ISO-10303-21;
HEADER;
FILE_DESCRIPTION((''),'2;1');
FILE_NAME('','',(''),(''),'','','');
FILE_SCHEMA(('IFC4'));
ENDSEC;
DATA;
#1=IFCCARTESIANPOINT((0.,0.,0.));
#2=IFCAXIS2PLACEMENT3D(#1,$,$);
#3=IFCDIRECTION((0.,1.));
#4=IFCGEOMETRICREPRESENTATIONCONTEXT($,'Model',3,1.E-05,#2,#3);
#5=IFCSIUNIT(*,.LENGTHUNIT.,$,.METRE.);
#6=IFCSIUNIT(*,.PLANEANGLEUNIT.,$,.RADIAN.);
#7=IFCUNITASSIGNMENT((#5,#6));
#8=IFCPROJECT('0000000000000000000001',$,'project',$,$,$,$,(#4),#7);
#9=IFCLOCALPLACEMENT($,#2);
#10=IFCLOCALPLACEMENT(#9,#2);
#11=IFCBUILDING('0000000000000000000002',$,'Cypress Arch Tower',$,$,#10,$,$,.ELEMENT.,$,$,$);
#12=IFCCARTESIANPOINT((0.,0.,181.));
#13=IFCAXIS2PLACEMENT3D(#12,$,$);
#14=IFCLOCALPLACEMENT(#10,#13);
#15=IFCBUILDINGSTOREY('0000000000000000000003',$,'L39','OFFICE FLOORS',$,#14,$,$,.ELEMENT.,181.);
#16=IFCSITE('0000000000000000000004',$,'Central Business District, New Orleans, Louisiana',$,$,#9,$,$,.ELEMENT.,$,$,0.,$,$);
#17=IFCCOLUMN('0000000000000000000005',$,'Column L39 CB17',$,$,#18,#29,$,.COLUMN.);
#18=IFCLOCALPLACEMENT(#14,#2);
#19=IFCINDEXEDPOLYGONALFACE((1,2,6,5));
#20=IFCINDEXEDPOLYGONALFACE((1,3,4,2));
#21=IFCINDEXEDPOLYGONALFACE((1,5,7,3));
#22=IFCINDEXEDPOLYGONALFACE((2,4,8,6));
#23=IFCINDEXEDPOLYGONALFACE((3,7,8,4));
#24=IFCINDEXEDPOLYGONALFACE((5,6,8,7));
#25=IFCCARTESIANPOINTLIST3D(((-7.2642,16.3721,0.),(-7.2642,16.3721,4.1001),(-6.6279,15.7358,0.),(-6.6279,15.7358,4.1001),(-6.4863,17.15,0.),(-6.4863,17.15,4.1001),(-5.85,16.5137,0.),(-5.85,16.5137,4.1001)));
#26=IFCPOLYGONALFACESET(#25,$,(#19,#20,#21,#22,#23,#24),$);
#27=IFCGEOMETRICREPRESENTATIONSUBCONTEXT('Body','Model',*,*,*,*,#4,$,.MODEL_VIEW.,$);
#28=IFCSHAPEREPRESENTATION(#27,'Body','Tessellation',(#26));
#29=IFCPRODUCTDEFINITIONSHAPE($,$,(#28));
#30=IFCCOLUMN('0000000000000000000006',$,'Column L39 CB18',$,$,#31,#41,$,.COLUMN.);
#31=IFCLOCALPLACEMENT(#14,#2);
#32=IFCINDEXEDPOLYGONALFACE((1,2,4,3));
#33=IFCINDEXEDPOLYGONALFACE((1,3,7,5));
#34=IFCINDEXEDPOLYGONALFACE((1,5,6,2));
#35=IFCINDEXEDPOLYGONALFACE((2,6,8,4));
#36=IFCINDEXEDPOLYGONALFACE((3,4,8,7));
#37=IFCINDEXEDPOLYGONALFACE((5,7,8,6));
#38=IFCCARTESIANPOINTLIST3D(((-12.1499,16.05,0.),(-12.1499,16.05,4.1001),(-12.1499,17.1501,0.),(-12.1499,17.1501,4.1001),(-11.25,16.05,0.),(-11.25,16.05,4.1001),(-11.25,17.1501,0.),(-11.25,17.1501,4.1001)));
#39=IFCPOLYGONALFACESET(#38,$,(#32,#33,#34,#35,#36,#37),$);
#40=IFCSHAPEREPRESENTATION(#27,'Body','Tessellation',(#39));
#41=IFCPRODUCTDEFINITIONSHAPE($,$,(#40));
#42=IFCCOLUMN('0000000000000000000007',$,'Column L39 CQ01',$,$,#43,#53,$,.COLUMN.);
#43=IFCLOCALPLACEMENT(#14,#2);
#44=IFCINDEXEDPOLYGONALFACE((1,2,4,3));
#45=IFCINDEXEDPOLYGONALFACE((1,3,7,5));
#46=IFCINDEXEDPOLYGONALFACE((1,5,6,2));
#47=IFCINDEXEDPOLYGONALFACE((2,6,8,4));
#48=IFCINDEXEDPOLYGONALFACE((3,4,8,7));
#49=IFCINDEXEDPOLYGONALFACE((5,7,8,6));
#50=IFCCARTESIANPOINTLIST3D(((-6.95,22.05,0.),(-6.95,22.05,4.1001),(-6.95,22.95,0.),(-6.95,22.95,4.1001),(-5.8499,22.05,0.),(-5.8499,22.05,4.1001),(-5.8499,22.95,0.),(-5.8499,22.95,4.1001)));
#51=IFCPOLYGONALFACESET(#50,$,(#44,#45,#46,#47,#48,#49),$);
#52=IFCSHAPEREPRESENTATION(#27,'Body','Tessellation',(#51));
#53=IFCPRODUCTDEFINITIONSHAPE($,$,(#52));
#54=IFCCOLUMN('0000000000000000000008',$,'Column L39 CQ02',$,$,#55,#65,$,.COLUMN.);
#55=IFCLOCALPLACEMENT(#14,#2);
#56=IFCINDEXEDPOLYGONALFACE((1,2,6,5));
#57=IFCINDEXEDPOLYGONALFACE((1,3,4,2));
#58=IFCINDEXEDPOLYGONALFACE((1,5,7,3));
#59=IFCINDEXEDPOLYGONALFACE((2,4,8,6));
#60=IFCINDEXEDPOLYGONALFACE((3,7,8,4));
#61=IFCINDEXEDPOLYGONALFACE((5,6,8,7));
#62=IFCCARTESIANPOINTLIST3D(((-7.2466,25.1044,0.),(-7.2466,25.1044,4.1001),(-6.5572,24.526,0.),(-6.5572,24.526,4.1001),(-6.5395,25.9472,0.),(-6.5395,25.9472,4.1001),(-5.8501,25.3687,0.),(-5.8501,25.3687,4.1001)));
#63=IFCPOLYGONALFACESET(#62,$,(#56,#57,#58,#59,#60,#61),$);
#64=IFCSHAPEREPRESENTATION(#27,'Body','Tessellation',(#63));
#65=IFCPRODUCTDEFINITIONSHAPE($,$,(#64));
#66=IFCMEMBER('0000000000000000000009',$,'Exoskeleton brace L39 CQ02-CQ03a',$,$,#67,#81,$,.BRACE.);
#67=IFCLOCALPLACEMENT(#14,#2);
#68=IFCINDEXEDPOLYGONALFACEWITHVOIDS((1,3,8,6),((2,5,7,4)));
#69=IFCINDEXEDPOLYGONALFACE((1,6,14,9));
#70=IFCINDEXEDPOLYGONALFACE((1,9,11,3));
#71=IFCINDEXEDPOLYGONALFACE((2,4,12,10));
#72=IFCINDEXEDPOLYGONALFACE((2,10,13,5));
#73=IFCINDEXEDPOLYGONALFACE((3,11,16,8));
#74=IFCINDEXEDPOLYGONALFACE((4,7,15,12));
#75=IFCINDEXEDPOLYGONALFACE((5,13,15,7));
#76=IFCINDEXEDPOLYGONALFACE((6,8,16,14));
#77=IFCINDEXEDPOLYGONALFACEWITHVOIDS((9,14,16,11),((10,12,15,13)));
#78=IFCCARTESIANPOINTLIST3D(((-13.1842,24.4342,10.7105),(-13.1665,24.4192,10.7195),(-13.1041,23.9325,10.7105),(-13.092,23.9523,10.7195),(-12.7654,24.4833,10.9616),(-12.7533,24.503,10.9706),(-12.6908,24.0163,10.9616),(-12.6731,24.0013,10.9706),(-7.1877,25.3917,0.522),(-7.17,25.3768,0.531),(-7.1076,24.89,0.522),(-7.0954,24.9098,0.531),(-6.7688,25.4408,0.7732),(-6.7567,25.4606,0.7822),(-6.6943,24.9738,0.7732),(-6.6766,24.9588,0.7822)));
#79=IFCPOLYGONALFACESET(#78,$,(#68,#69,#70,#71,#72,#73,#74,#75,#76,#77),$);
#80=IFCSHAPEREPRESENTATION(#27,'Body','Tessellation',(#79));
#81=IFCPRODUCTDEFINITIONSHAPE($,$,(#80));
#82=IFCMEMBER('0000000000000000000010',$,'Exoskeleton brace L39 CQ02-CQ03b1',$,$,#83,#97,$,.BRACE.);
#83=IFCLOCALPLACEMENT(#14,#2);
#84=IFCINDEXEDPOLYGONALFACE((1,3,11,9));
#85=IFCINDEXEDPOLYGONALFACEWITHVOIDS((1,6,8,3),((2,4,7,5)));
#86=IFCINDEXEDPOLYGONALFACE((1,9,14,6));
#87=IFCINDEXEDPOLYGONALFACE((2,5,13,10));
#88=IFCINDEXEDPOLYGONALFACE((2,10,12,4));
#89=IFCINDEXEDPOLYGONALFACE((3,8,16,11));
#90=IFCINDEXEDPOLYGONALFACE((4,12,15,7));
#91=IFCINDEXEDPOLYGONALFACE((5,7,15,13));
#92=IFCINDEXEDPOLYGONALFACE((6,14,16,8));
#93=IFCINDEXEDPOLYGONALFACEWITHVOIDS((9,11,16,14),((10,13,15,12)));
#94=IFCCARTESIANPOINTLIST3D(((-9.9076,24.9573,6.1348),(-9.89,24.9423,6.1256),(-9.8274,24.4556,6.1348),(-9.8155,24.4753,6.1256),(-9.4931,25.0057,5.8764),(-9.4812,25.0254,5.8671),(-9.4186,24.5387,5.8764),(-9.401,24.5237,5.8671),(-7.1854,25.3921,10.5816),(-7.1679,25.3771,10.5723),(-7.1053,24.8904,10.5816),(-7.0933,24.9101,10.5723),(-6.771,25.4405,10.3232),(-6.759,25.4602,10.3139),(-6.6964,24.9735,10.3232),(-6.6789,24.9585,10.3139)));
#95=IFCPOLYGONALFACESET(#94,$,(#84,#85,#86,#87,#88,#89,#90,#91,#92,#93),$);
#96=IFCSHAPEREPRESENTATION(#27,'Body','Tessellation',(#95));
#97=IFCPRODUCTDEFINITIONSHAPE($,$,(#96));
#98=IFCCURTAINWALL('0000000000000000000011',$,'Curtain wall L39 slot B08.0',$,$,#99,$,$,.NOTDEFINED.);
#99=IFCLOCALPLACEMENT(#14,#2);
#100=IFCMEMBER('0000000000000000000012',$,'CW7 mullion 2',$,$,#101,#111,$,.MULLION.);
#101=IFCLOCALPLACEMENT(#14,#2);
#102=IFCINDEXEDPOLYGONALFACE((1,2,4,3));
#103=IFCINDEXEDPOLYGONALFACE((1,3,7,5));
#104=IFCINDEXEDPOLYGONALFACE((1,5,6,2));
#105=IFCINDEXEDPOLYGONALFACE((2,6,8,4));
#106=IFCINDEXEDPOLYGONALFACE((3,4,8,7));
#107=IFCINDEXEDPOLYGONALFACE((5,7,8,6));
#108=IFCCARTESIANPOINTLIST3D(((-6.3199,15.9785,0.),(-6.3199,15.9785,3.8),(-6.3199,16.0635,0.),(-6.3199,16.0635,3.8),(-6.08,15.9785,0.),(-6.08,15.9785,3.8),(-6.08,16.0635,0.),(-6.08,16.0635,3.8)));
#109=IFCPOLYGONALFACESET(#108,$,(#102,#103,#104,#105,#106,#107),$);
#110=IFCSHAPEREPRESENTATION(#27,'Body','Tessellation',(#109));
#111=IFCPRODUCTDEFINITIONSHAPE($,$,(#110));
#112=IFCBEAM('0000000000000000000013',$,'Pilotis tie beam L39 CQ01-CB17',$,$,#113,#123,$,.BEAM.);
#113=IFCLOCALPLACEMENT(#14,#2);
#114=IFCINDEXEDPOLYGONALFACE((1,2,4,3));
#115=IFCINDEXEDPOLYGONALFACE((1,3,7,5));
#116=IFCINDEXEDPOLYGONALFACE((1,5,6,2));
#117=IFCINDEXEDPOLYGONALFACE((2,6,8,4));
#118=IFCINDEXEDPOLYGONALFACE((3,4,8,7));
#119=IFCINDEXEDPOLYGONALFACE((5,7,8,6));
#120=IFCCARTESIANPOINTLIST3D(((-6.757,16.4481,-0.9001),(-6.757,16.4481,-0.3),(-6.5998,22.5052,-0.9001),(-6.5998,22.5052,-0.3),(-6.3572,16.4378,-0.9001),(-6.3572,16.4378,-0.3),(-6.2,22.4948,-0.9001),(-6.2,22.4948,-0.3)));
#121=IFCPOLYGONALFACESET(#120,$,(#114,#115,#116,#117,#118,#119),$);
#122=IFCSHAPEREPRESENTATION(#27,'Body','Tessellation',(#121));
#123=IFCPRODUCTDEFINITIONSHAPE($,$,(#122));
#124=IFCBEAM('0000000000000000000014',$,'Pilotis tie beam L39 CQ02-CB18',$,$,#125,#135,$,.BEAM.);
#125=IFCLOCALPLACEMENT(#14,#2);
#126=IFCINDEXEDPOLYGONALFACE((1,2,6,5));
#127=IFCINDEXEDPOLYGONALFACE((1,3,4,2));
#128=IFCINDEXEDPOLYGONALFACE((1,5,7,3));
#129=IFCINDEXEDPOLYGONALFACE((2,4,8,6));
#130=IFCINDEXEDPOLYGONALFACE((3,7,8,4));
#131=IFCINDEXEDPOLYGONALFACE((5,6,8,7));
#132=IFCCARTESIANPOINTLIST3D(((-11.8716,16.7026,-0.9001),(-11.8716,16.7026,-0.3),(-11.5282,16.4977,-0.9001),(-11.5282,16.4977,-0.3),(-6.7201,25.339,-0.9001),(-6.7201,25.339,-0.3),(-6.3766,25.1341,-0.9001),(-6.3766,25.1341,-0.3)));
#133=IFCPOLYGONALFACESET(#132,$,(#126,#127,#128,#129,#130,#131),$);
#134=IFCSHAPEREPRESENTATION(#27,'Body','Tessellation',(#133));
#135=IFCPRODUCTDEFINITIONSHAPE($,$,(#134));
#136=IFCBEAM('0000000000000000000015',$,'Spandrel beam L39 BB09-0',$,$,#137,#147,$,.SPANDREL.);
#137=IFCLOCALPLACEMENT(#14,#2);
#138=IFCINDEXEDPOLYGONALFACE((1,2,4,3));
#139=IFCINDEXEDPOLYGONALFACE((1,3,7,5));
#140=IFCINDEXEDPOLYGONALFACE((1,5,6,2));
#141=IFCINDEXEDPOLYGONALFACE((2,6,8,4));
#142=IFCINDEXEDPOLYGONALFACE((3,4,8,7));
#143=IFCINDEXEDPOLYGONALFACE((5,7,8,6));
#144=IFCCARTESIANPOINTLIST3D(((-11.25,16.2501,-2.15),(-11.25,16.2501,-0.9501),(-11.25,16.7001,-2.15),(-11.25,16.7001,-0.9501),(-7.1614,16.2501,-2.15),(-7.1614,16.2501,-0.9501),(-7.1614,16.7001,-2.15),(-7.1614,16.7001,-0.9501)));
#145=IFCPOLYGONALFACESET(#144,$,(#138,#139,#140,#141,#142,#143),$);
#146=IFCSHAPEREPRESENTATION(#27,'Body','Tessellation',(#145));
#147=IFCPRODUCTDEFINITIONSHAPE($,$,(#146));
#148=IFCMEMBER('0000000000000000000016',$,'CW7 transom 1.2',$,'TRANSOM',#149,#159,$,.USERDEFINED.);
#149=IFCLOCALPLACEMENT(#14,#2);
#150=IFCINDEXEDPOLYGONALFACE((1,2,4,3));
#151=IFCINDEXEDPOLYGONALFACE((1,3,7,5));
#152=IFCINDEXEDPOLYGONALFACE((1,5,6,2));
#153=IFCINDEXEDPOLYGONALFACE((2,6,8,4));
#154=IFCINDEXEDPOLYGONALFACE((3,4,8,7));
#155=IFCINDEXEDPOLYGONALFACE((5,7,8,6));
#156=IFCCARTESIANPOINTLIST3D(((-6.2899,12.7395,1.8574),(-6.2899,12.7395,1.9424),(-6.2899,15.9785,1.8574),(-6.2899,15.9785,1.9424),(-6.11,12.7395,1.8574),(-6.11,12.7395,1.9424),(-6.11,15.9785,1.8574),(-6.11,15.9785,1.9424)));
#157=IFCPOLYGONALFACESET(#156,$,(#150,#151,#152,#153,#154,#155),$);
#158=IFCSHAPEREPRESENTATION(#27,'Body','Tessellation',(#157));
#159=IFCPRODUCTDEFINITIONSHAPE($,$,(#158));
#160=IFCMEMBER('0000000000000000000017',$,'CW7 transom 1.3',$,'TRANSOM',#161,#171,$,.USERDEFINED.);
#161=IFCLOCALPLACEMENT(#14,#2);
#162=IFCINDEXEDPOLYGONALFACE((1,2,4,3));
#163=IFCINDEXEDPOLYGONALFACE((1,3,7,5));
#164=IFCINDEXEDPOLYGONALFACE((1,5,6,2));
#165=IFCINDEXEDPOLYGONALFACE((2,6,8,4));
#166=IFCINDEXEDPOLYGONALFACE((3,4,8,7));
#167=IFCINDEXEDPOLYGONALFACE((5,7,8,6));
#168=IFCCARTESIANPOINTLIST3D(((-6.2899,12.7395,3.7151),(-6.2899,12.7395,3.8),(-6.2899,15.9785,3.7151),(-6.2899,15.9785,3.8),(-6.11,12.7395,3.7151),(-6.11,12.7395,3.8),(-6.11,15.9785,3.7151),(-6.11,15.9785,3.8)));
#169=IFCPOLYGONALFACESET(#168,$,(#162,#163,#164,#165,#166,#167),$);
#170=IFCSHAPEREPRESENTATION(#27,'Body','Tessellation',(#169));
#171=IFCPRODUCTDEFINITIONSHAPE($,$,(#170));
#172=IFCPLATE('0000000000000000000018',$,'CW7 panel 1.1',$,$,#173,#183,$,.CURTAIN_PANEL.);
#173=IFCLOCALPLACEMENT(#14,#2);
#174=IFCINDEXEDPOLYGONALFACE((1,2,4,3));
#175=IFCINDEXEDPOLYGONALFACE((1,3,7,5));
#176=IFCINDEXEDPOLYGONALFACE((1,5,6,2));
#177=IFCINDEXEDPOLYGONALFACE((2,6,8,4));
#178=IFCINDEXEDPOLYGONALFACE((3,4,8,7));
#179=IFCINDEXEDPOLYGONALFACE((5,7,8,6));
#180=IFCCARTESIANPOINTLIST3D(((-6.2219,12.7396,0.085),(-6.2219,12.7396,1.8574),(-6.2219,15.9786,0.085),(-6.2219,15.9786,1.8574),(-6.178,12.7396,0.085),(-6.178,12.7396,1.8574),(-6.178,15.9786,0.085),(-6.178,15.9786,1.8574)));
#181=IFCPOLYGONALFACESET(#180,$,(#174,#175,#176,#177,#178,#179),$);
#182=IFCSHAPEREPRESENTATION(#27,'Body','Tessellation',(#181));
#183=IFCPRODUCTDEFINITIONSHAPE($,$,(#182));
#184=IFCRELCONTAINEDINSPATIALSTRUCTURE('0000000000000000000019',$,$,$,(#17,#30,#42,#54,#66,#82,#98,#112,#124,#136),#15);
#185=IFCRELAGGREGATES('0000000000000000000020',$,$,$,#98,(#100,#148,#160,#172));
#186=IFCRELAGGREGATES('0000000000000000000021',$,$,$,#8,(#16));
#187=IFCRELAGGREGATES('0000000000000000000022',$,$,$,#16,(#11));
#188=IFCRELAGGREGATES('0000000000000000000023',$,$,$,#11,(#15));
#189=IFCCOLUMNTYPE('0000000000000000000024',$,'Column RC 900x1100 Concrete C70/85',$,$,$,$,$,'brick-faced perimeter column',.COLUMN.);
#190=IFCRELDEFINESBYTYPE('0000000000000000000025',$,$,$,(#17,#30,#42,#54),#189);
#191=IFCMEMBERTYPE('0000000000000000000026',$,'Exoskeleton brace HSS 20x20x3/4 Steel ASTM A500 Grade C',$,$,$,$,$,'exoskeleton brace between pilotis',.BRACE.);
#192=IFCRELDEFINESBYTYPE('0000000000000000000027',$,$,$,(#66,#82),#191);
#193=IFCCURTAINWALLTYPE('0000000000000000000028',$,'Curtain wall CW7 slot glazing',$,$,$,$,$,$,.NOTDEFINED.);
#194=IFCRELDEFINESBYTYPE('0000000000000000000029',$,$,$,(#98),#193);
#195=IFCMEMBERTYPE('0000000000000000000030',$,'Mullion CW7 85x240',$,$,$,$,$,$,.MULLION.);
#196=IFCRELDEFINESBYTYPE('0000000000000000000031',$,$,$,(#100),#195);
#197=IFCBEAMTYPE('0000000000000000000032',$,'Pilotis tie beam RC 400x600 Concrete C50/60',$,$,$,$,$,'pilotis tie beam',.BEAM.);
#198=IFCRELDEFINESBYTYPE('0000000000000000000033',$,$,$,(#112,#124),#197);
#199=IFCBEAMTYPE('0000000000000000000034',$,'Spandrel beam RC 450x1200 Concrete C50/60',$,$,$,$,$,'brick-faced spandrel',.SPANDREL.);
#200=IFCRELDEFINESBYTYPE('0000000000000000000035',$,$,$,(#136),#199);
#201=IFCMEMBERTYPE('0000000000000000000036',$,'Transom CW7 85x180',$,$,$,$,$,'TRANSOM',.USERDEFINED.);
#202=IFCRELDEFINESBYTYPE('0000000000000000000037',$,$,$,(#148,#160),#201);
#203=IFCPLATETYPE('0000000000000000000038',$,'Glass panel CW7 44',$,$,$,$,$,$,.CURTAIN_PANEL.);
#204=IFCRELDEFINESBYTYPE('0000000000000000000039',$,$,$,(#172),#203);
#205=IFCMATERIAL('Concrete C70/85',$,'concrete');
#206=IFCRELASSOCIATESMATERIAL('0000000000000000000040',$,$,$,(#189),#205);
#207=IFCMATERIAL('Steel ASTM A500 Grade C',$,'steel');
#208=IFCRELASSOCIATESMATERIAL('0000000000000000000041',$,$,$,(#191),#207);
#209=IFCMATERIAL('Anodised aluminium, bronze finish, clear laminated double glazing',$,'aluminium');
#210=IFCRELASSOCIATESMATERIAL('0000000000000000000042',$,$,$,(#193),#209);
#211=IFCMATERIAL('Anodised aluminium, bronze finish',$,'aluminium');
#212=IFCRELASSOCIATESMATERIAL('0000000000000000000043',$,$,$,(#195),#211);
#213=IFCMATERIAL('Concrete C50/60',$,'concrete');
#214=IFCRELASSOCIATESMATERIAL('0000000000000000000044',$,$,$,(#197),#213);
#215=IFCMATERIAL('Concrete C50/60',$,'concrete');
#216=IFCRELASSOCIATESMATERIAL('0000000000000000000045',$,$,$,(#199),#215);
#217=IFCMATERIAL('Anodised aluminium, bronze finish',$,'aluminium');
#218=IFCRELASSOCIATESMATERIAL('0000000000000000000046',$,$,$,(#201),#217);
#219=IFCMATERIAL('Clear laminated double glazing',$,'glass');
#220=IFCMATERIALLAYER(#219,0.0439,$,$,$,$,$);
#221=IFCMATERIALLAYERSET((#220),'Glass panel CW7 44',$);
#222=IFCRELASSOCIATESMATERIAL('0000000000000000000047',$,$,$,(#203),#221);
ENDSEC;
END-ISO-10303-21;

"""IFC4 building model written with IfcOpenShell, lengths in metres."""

from ifc_helpers import new_model, si_unit, direction, frame, origin, origin_2d, place, context, subcontext, project, spatial, rectangle, hollow_rectangle, extrude, material, layer, layer_set, material_profile, profile_set, type_object, element, aggregate, save


model = new_model("IFC4")

# Units and contexts
model_context = context("Model", 3, precision=1e-05, world=origin(), true_north=direction((0.0, 1.0)))
body_context = subcontext(model_context, "Body", "Model", "MODEL_VIEW")
ifc_project = project(units=[si_unit("LENGTHUNIT", "METRE"), si_unit("PLANEANGLEUNIT", "RADIAN")], contexts=[model_context])

# Site, building, storey
site_placement = place(None, origin())
site = spatial("IfcSite", under=ifc_project, at=site_placement, Name="Central Business District, New Orleans, Louisiana", CompositionType="ELEMENT", RefElevation=0.0)
building_placement = place(site_placement, origin())
building = spatial("IfcBuilding", under=site, at=building_placement, Name="Cypress Arch Tower", CompositionType="ELEMENT")
storey_placement = place(building_placement, frame((0.0, 0.0, 181.0)))
storey = spatial("IfcBuildingStorey", under=building, at=storey_placement, Name="L39", Description="OFFICE FLOORS", CompositionType="ELEMENT", Elevation=181.0)

# Columns
ifc_material_1 = material(Name="Concrete C70/85", Category="concrete")
ifc_material_profile_1 = material_profile(ifc_material_1, rectangle(XDim=0.8999, YDim=1.1001, at=origin_2d()), Name="RC 900x1100")
ifc_profile_set_1 = profile_set([ifc_material_profile_1], Name="Concrete C70/85")
column_type = type_object("IfcColumnType", Name="Column RC 900x1100 Concrete C70/85", ElementType="brick-faced perimeter column", PredefinedType="COLUMN", material=ifc_profile_set_1)
for number, where, z_axis, x_axis, name in (
    (1, (-6.5571, 16.4429, 0.0), (0.0, 0.0, 1.0), (-0.707107, 0.707107, 0.0), "Column L39 CB17"),
    (2, (-11.7, 16.6001, 0.0), (0.0, 0.0, 1.0), (-1.0, 0.0, 0.0), "Column L39 CB18"),
    (3, (-6.3999, 22.5, 0.0), (0.0, 0.0, 1.0), (0.0, 1.0, 0.0), "Column L39 CQ01"),
    (4, (-6.5483, 25.2366, 0.0), (0.0, 0.0, 1.0), (-0.766064, 0.642765, 0.0), "Column L39 CQ02"),
):
    element("IfcColumn", number, at=place(storey_placement, frame(where, z_axis=z_axis, x_axis=x_axis)), inside=storey, type_object=column_type, Name=name, PredefinedType="COLUMN", context=body_context, shape_type="SweptSolid", body=[
        extrude(rectangle(XDim=0.8999, YDim=1.1001, at=origin_2d()), origin(), (0.0, 0.0, 1.0), 4.1001),
    ])

# Members
ifc_material_2 = material(Name="Steel ASTM A500 Grade C", Category="steel")
ifc_material_profile_2 = material_profile(ifc_material_2, hollow_rectangle(XDim=0.5081, YDim=0.5081, WallThickness=0.0176, at=origin_2d()), Name="HSS 20x20x3/4")
ifc_profile_set_2 = profile_set([ifc_material_profile_2], Name="Steel ASTM A500 Grade C")
member_type_1 = type_object("IfcMemberType", Name="Exoskeleton brace HSS 20x20x3/4 Steel ASTM A500 Grade C", ElementType="exoskeleton brace between pilotis", PredefinedType="BRACE", material=ifc_profile_set_2)
member_1_placement = place(storey_placement, frame((-6.9321, 25.1753, 0.6521), z_axis=(-0.505576, -0.080729, 0.858997), x_axis=(0.15768, -0.98749, 0.0)))
element("IfcMember", 5, at=member_1_placement, inside=storey, type_object=member_type_1, Name="Exoskeleton brace L39 CQ02-CQ03a", PredefinedType="BRACE", context=body_context, shape_type="SweptSolid", body=[
    extrude(hollow_rectangle(XDim=0.5081, YDim=0.5081, WallThickness=0.0176, at=origin_2d()), origin(), (0.0, 0.0, 1.0), 11.8608),
])
member_2_placement = place(storey_placement, frame((-6.9321, 25.1753, 10.4478), z_axis=(-0.520299, -0.083108, -0.849931), x_axis=(0.157731, -0.987482, 0.0)))
element("IfcMember", 6, at=member_2_placement, inside=storey, type_object=member_type_1, Name="Exoskeleton brace L39 CQ02-CQ03b1", PredefinedType="BRACE", context=body_context, shape_type="SweptSolid", body=[
    extrude(hollow_rectangle(XDim=0.5081, YDim=0.5081, WallThickness=0.0176, at=origin_2d()), origin(), (0.0, 0.0, 1.0), 5.2319),
])

# Curtain wall, member
ifc_material_3 = material(Name="Anodised aluminium, bronze finish, clear laminated double glazing", Category="aluminium")
curtain_wall_type = type_object("IfcCurtainWallType", Name="Curtain wall CW7 slot glazing", PredefinedType="NOTDEFINED", material=ifc_material_3)
curtain_wall_placement = place(storey_placement, origin())
curtain_wall = element("IfcCurtainWall", 7, at=curtain_wall_placement, inside=storey, type_object=curtain_wall_type, Name="Curtain wall L39 slot B08.0", PredefinedType="NOTDEFINED")
ifc_material_4 = material(Name="Anodised aluminium, bronze finish", Category="aluminium")
ifc_material_profile_3 = material_profile(ifc_material_4, rectangle(XDim=0.24, YDim=0.085, at=origin_2d()), Name="Mullion 85x240")
ifc_profile_set_3 = profile_set([ifc_material_profile_3], Name="Anodised aluminium, bronze finish")
member_type_2 = type_object("IfcMemberType", Name="Mullion CW7 85x240", PredefinedType="MULLION", material=ifc_profile_set_3)
member_3_placement = place(storey_placement, frame((-6.2, 16.021, 0.0), z_axis=(0.0, 0.0, 1.0), x_axis=(-1.0, 0.0, 0.0)))
member_3 = element("IfcMember", 8, at=member_3_placement, type_object=member_type_2, Name="CW7 mullion 2", PredefinedType="MULLION", context=body_context, shape_type="SweptSolid", body=[
    extrude(rectangle(XDim=0.24, YDim=0.085, at=origin_2d()), origin(), (0.0, 0.0, 1.0), 3.8),
])

# Beams
ifc_material_5 = material(Name="Concrete C50/60", Category="concrete")
ifc_material_profile_4 = material_profile(ifc_material_5, rectangle(XDim=0.3999, YDim=0.6001, at=origin_2d()), Name="RC 400x600")
ifc_profile_set_4 = profile_set([ifc_material_profile_4], Name="Concrete C50/60")
beam_type_1 = type_object("IfcBeamType", Name="Pilotis tie beam RC 400x600 Concrete C50/60", ElementType="pilotis tie beam", PredefinedType="BEAM", material=ifc_profile_set_4)
beam_1_placement = place(storey_placement, frame((-6.3999, 22.5, -0.6001), z_axis=(-0.025949, -0.999663, 0.0), x_axis=(0.999663, -0.025949, 0.0)))
element("IfcBeam", 9, at=beam_1_placement, inside=storey, type_object=beam_type_1, Name="Pilotis tie beam L39 CQ01-CB17", PredefinedType="BEAM", context=body_context, shape_type="SweptSolid", body=[
    extrude(rectangle(XDim=0.3999, YDim=0.6001, at=origin_2d()), origin(), (0.0, 0.0, 1.0), 6.0591),
])
beam_2_placement = place(storey_placement, frame((-6.5483, 25.2366, -0.6001), z_axis=(-0.512281, -0.858818, 0.0), x_axis=(0.858818, -0.512281, 0.0)))
element("IfcBeam", 10, at=beam_2_placement, inside=storey, type_object=beam_type_1, Name="Pilotis tie beam L39 CQ02-CB18", PredefinedType="BEAM", context=body_context, shape_type="SweptSolid", body=[
    extrude(rectangle(XDim=0.3999, YDim=0.6001, at=origin_2d()), origin(), (0.0, 0.0, 1.0), 10.0562),
])
ifc_material_6 = material(Name="Concrete C50/60", Category="concrete")
ifc_material_profile_5 = material_profile(ifc_material_6, rectangle(XDim=0.45, YDim=1.2, at=origin_2d()), Name="RC 450x1200")
ifc_profile_set_5 = profile_set([ifc_material_profile_5], Name="Concrete C50/60")
beam_type_2 = type_object("IfcBeamType", Name="Spandrel beam RC 450x1200 Concrete C50/60", ElementType="brick-faced spandrel", PredefinedType="SPANDREL", material=ifc_profile_set_5)
beam_3_placement = place(storey_placement, frame((-7.1614, 16.4751, -1.55), z_axis=(-1.0, 0.0, 0.0), x_axis=(0.0, -1.0, 0.0)))
element("IfcBeam", 11, at=beam_3_placement, inside=storey, type_object=beam_type_2, Name="Spandrel beam L39 BB09-0", PredefinedType="SPANDREL", context=body_context, shape_type="SweptSolid", body=[
    extrude(rectangle(XDim=0.45, YDim=1.2, at=origin_2d()), origin(), (0.0, 0.0, 1.0), 4.0886),
])

# Members
ifc_material_7 = material(Name="Anodised aluminium, bronze finish", Category="aluminium")
ifc_material_profile_6 = material_profile(ifc_material_7, rectangle(XDim=0.1799, YDim=0.085, at=origin_2d()), Name="Transom 85x180")
ifc_profile_set_6 = profile_set([ifc_material_profile_6], Name="Anodised aluminium, bronze finish")
member_type_3 = type_object("IfcMemberType", Name="Transom CW7 85x180", ElementType="TRANSOM", PredefinedType="USERDEFINED", material=ifc_profile_set_6)
member_4_placement = place(storey_placement, frame((-6.2, 12.7395, 1.8999), z_axis=(0.0, 1.0, 0.0), x_axis=(-1.0, 0.0, 0.0)))
member_4 = element("IfcMember", 12, at=member_4_placement, type_object=member_type_3, Name="CW7 transom 1.2", ObjectType="TRANSOM", PredefinedType="USERDEFINED", context=body_context, shape_type="SweptSolid", body=[
    extrude(rectangle(XDim=0.1799, YDim=0.085, at=origin_2d()), origin(), (0.0, 0.0, 1.0), 3.239),
])
member_5_placement = place(storey_placement, frame((-6.2, 12.7395, 3.7576), z_axis=(0.0, 1.0, 0.0), x_axis=(-1.0, 0.0, 0.0)))
member_5 = element("IfcMember", 13, at=member_5_placement, type_object=member_type_3, Name="CW7 transom 1.3", ObjectType="TRANSOM", PredefinedType="USERDEFINED", context=body_context, shape_type="SweptSolid", body=[
    extrude(rectangle(XDim=0.1799, YDim=0.085, at=origin_2d()), origin(), (0.0, 0.0, 1.0), 3.239),
])

# Plate
ifc_material_8 = material(Name="Clear laminated double glazing", Category="glass")
ifc_layer_1 = layer(ifc_material_8, 0.0439)
ifc_layer_set_1 = layer_set([ifc_layer_1], Name="Glass panel CW7 44")
plate_type = type_object("IfcPlateType", Name="Glass panel CW7 44", PredefinedType="CURTAIN_PANEL", material=ifc_layer_set_1)
plate_1_placement = place(storey_placement, frame((-6.2, 14.3591, 0.085), z_axis=(0.0, 0.0, 1.0), x_axis=(0.0, 1.0, 0.0)))
plate_1 = element("IfcPlate", 14, at=plate_1_placement, type_object=plate_type, Name="CW7 panel 1.1", PredefinedType="CURTAIN_PANEL", context=body_context, shape_type="SweptSolid", body=[
    extrude(rectangle(XDim=3.239, YDim=0.0439, at=origin_2d()), origin(), (0.0, 0.0, 1.0), 1.7725),
])
aggregate(curtain_wall, [member_3, member_4, member_5, plate_1])

save(model, "model.ifc")
